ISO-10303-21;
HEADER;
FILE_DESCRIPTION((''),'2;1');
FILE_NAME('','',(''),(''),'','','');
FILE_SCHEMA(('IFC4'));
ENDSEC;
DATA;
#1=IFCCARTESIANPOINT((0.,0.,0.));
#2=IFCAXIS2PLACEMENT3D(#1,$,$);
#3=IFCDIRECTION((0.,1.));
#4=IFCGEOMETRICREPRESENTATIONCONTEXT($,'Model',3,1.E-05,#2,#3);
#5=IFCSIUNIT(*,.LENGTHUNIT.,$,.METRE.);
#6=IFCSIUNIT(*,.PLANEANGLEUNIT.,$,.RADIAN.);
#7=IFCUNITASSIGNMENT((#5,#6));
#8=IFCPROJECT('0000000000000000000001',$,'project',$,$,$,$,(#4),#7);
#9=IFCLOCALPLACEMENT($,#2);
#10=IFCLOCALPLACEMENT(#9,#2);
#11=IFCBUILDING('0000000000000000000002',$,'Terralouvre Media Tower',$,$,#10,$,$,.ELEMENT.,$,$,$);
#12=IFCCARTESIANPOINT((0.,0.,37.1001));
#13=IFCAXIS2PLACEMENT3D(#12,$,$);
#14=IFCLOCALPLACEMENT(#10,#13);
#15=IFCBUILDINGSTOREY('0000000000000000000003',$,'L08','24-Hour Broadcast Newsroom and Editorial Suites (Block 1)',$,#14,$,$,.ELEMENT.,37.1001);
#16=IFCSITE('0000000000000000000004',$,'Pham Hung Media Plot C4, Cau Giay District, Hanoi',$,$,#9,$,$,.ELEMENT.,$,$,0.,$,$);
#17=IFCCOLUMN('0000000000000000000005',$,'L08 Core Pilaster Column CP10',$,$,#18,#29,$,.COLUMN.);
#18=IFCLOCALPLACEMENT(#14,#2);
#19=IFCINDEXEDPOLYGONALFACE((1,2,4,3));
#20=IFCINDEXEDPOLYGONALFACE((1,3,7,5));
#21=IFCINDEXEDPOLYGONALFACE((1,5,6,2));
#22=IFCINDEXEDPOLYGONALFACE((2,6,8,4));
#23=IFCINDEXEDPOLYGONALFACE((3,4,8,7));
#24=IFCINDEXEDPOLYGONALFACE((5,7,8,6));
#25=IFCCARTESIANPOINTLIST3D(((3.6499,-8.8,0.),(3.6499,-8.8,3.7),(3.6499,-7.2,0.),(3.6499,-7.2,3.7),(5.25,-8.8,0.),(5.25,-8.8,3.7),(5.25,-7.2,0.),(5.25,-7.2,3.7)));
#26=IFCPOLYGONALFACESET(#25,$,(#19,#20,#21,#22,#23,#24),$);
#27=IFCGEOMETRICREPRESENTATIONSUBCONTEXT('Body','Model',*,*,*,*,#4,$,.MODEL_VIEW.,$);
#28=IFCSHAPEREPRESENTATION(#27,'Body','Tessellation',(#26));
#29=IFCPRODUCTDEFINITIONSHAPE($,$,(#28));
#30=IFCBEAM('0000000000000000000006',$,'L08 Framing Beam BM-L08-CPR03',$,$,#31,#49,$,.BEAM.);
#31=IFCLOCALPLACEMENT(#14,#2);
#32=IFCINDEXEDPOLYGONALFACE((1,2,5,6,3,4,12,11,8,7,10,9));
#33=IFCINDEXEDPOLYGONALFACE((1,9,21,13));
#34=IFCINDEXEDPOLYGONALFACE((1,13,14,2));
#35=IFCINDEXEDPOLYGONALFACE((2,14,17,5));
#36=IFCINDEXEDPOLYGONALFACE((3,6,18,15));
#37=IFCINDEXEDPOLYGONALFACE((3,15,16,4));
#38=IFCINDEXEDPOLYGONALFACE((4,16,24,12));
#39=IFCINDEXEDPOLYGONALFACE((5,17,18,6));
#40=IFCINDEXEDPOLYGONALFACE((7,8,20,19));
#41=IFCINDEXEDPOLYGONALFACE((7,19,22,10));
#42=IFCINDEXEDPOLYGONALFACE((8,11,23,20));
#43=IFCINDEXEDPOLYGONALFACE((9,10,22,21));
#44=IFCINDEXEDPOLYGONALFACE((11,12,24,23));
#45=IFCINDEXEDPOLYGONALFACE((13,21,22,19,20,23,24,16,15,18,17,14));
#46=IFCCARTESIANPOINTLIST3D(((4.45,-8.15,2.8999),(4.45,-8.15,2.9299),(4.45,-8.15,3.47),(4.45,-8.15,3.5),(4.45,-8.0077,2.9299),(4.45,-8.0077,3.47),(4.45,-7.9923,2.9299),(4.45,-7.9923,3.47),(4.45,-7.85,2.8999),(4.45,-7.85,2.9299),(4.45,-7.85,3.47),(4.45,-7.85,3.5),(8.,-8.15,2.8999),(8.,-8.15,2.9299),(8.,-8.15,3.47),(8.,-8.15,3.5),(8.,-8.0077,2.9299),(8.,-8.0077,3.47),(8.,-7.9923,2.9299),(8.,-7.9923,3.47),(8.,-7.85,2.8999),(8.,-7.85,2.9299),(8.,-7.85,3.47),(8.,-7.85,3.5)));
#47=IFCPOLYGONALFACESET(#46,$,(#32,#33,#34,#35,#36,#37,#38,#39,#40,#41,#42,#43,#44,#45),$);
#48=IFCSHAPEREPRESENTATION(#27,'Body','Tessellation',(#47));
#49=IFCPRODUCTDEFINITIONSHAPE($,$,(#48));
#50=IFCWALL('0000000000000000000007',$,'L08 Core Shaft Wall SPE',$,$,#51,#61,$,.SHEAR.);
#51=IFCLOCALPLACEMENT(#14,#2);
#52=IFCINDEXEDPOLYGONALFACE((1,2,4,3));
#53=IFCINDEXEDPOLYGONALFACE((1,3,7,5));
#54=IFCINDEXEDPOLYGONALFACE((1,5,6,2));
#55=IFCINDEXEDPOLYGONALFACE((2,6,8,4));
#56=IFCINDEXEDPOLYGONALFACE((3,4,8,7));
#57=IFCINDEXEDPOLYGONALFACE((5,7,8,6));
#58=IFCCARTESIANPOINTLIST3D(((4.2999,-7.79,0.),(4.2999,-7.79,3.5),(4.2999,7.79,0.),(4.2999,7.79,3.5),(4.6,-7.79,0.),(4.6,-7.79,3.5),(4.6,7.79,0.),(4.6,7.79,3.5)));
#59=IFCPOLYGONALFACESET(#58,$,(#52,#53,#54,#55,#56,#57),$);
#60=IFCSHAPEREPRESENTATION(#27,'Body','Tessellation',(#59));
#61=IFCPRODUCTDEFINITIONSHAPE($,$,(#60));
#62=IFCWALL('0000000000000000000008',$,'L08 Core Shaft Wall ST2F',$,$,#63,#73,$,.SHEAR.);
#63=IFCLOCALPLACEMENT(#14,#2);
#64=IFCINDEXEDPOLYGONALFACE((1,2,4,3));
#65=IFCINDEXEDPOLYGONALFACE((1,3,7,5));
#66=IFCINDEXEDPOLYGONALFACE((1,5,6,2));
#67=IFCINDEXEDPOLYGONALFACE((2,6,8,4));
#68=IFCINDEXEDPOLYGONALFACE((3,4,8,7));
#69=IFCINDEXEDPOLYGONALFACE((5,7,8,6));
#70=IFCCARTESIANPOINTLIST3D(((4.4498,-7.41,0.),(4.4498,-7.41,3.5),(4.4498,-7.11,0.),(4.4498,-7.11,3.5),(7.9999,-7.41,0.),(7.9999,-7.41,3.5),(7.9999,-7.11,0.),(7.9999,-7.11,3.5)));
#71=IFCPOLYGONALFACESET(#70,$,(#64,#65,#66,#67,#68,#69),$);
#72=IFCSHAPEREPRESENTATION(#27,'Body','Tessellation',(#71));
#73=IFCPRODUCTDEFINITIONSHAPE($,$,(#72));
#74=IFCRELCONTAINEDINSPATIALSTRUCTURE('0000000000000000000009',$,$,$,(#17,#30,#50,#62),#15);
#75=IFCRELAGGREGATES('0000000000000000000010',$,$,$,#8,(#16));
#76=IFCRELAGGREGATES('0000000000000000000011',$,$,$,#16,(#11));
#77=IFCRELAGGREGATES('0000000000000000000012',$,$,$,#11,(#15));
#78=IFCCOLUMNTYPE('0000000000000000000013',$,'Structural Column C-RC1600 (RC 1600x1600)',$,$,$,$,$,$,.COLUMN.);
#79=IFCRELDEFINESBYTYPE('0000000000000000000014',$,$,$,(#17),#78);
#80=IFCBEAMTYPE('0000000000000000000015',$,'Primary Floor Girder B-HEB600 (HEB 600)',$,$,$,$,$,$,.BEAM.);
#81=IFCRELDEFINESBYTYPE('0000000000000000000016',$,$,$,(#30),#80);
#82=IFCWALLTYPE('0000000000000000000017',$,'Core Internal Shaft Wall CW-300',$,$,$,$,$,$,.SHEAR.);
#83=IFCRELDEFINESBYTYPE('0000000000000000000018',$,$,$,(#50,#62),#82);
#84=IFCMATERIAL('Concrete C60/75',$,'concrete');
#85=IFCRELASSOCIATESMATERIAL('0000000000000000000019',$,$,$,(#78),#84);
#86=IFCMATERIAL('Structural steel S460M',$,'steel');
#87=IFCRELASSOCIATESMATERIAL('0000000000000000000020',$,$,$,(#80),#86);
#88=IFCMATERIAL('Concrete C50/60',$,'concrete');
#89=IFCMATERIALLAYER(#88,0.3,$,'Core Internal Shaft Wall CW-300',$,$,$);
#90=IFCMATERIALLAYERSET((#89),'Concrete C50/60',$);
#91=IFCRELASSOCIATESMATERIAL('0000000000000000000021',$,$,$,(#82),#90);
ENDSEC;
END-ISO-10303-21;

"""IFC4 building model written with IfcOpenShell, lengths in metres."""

from ifc_helpers import new_model, si_unit, direction, frame, frame_2d, origin, origin_2d, place, context, subcontext, project, spatial, rectangle, i_section, extrude, material, layer, layer_set, material_profile, profile_set, type_object, element, save


model = new_model("IFC4")

# Units and contexts
model_context = context("Model", 3, precision=1e-05, world=origin(), true_north=direction((0.0, 1.0)))
body_context = subcontext(model_context, "Body", "Model", "MODEL_VIEW")
ifc_project = project(units=[si_unit("LENGTHUNIT", "METRE"), si_unit("PLANEANGLEUNIT", "RADIAN")], contexts=[model_context])

# Site, building, storey
site_placement = place(None, origin())
site = spatial("IfcSite", under=ifc_project, at=site_placement, Name="Pham Hung Media Plot C4, Cau Giay District, Hanoi", CompositionType="ELEMENT", RefElevation=0.0)
building_placement = place(site_placement, origin())
building = spatial("IfcBuilding", under=site, at=building_placement, Name="Terralouvre Media Tower", CompositionType="ELEMENT")
storey_placement = place(building_placement, frame((0.0, 0.0, 37.1001)))
storey = spatial("IfcBuildingStorey", under=building, at=storey_placement, Name="L08", Description="24-Hour Broadcast Newsroom and Editorial Suites (Block 1)", CompositionType="ELEMENT", Elevation=37.1001)

# Column
ifc_material_1 = material(Name="Concrete C60/75", Category="concrete")
ifc_material_profile_1 = material_profile(ifc_material_1, rectangle(XDim=1.6001, YDim=1.6001, at=origin_2d()), Name="RC 1600x1600")
ifc_profile_set_1 = profile_set([ifc_material_profile_1], Name="Concrete C60/75")
column_type = type_object("IfcColumnType", Name="Structural Column C-RC1600 (RC 1600x1600)", PredefinedType="COLUMN", material=ifc_profile_set_1)
column_placement = place(storey_placement, frame((4.45, -8.0, 0.0), z_axis=(0.0, 0.0, 1.0), x_axis=(1.0, 0.0, 0.0)))
element("IfcColumn", 1, at=column_placement, inside=storey, type_object=column_type, Name="L08 Core Pilaster Column CP10", PredefinedType="COLUMN", context=body_context, shape_type="SweptSolid", body=[
    extrude(rectangle(XDim=1.6001, YDim=1.6001, at=origin_2d()), origin(), (0.0, 0.0, 1.0), 3.7),
])

# Beam
ifc_material_2 = material(Name="Structural steel S460M", Category="steel")
ifc_material_profile_2 = material_profile(ifc_material_2, i_section(OverallWidth=0.3, OverallDepth=0.6001, WebThickness=0.0154, FlangeThickness=0.03, at=origin_2d()), Name="HEB 600")
ifc_profile_set_2 = profile_set([ifc_material_profile_2], Name="Structural steel S460M")
beam_type = type_object("IfcBeamType", Name="Primary Floor Girder B-HEB600 (HEB 600)", PredefinedType="BEAM", material=ifc_profile_set_2)
beam_placement = place(storey_placement, frame((4.45, -8.0, 3.2), z_axis=(1.0, 0.0, 0.0), x_axis=(0.0, 1.0, 0.0)))
element("IfcBeam", 2, at=beam_placement, inside=storey, type_object=beam_type, Name="L08 Framing Beam BM-L08-CPR03", PredefinedType="BEAM", context=body_context, shape_type="SweptSolid", body=[
    extrude(i_section(OverallWidth=0.3, OverallDepth=0.6001, WebThickness=0.0154, FlangeThickness=0.03, at=origin_2d()), origin(), (0.0, 0.0, 1.0), 3.55),
])

# Walls
ifc_material_3 = material(Name="Concrete C50/60", Category="concrete")
ifc_layer_1 = layer(ifc_material_3, 0.3, Name="Core Internal Shaft Wall CW-300")
ifc_layer_set_1 = layer_set([ifc_layer_1], Name="Concrete C50/60")
wall_type_1 = type_object("IfcWallType", Name="Core Internal Shaft Wall CW-300", PredefinedType="SHEAR", material=ifc_layer_set_1)
wall_1_placement = place(storey_placement, frame((4.45, -7.79, 0.0), z_axis=(0.0, 0.0, 1.0), x_axis=(0.0, 1.0, 0.0)))
element("IfcWall", 3, at=wall_1_placement, inside=storey, type_object=wall_type_1, Name="L08 Core Shaft Wall SPE", PredefinedType="SHEAR", context=body_context, shape_type="SweptSolid", body=[
    extrude(rectangle(XDim=15.5801, YDim=0.3, at=frame_2d((7.79, 0.0))), origin(), (0.0, 0.0, 1.0), 3.5),
])
wall_2_placement = place(storey_placement, frame((4.45, -7.26, 0.0), z_axis=(0.0, 0.0, 1.0), x_axis=(1.0, 0.0, 0.0)))
element("IfcWall", 4, at=wall_2_placement, inside=storey, type_object=wall_type_1, Name="L08 Core Shaft Wall ST2F", PredefinedType="SHEAR", context=body_context, shape_type="SweptSolid", body=[
    extrude(rectangle(XDim=3.55, YDim=0.3, at=frame_2d((1.7749, 0.0))), origin(), (0.0, 0.0, 1.0), 3.5),
])

save(model, "model.ifc")
